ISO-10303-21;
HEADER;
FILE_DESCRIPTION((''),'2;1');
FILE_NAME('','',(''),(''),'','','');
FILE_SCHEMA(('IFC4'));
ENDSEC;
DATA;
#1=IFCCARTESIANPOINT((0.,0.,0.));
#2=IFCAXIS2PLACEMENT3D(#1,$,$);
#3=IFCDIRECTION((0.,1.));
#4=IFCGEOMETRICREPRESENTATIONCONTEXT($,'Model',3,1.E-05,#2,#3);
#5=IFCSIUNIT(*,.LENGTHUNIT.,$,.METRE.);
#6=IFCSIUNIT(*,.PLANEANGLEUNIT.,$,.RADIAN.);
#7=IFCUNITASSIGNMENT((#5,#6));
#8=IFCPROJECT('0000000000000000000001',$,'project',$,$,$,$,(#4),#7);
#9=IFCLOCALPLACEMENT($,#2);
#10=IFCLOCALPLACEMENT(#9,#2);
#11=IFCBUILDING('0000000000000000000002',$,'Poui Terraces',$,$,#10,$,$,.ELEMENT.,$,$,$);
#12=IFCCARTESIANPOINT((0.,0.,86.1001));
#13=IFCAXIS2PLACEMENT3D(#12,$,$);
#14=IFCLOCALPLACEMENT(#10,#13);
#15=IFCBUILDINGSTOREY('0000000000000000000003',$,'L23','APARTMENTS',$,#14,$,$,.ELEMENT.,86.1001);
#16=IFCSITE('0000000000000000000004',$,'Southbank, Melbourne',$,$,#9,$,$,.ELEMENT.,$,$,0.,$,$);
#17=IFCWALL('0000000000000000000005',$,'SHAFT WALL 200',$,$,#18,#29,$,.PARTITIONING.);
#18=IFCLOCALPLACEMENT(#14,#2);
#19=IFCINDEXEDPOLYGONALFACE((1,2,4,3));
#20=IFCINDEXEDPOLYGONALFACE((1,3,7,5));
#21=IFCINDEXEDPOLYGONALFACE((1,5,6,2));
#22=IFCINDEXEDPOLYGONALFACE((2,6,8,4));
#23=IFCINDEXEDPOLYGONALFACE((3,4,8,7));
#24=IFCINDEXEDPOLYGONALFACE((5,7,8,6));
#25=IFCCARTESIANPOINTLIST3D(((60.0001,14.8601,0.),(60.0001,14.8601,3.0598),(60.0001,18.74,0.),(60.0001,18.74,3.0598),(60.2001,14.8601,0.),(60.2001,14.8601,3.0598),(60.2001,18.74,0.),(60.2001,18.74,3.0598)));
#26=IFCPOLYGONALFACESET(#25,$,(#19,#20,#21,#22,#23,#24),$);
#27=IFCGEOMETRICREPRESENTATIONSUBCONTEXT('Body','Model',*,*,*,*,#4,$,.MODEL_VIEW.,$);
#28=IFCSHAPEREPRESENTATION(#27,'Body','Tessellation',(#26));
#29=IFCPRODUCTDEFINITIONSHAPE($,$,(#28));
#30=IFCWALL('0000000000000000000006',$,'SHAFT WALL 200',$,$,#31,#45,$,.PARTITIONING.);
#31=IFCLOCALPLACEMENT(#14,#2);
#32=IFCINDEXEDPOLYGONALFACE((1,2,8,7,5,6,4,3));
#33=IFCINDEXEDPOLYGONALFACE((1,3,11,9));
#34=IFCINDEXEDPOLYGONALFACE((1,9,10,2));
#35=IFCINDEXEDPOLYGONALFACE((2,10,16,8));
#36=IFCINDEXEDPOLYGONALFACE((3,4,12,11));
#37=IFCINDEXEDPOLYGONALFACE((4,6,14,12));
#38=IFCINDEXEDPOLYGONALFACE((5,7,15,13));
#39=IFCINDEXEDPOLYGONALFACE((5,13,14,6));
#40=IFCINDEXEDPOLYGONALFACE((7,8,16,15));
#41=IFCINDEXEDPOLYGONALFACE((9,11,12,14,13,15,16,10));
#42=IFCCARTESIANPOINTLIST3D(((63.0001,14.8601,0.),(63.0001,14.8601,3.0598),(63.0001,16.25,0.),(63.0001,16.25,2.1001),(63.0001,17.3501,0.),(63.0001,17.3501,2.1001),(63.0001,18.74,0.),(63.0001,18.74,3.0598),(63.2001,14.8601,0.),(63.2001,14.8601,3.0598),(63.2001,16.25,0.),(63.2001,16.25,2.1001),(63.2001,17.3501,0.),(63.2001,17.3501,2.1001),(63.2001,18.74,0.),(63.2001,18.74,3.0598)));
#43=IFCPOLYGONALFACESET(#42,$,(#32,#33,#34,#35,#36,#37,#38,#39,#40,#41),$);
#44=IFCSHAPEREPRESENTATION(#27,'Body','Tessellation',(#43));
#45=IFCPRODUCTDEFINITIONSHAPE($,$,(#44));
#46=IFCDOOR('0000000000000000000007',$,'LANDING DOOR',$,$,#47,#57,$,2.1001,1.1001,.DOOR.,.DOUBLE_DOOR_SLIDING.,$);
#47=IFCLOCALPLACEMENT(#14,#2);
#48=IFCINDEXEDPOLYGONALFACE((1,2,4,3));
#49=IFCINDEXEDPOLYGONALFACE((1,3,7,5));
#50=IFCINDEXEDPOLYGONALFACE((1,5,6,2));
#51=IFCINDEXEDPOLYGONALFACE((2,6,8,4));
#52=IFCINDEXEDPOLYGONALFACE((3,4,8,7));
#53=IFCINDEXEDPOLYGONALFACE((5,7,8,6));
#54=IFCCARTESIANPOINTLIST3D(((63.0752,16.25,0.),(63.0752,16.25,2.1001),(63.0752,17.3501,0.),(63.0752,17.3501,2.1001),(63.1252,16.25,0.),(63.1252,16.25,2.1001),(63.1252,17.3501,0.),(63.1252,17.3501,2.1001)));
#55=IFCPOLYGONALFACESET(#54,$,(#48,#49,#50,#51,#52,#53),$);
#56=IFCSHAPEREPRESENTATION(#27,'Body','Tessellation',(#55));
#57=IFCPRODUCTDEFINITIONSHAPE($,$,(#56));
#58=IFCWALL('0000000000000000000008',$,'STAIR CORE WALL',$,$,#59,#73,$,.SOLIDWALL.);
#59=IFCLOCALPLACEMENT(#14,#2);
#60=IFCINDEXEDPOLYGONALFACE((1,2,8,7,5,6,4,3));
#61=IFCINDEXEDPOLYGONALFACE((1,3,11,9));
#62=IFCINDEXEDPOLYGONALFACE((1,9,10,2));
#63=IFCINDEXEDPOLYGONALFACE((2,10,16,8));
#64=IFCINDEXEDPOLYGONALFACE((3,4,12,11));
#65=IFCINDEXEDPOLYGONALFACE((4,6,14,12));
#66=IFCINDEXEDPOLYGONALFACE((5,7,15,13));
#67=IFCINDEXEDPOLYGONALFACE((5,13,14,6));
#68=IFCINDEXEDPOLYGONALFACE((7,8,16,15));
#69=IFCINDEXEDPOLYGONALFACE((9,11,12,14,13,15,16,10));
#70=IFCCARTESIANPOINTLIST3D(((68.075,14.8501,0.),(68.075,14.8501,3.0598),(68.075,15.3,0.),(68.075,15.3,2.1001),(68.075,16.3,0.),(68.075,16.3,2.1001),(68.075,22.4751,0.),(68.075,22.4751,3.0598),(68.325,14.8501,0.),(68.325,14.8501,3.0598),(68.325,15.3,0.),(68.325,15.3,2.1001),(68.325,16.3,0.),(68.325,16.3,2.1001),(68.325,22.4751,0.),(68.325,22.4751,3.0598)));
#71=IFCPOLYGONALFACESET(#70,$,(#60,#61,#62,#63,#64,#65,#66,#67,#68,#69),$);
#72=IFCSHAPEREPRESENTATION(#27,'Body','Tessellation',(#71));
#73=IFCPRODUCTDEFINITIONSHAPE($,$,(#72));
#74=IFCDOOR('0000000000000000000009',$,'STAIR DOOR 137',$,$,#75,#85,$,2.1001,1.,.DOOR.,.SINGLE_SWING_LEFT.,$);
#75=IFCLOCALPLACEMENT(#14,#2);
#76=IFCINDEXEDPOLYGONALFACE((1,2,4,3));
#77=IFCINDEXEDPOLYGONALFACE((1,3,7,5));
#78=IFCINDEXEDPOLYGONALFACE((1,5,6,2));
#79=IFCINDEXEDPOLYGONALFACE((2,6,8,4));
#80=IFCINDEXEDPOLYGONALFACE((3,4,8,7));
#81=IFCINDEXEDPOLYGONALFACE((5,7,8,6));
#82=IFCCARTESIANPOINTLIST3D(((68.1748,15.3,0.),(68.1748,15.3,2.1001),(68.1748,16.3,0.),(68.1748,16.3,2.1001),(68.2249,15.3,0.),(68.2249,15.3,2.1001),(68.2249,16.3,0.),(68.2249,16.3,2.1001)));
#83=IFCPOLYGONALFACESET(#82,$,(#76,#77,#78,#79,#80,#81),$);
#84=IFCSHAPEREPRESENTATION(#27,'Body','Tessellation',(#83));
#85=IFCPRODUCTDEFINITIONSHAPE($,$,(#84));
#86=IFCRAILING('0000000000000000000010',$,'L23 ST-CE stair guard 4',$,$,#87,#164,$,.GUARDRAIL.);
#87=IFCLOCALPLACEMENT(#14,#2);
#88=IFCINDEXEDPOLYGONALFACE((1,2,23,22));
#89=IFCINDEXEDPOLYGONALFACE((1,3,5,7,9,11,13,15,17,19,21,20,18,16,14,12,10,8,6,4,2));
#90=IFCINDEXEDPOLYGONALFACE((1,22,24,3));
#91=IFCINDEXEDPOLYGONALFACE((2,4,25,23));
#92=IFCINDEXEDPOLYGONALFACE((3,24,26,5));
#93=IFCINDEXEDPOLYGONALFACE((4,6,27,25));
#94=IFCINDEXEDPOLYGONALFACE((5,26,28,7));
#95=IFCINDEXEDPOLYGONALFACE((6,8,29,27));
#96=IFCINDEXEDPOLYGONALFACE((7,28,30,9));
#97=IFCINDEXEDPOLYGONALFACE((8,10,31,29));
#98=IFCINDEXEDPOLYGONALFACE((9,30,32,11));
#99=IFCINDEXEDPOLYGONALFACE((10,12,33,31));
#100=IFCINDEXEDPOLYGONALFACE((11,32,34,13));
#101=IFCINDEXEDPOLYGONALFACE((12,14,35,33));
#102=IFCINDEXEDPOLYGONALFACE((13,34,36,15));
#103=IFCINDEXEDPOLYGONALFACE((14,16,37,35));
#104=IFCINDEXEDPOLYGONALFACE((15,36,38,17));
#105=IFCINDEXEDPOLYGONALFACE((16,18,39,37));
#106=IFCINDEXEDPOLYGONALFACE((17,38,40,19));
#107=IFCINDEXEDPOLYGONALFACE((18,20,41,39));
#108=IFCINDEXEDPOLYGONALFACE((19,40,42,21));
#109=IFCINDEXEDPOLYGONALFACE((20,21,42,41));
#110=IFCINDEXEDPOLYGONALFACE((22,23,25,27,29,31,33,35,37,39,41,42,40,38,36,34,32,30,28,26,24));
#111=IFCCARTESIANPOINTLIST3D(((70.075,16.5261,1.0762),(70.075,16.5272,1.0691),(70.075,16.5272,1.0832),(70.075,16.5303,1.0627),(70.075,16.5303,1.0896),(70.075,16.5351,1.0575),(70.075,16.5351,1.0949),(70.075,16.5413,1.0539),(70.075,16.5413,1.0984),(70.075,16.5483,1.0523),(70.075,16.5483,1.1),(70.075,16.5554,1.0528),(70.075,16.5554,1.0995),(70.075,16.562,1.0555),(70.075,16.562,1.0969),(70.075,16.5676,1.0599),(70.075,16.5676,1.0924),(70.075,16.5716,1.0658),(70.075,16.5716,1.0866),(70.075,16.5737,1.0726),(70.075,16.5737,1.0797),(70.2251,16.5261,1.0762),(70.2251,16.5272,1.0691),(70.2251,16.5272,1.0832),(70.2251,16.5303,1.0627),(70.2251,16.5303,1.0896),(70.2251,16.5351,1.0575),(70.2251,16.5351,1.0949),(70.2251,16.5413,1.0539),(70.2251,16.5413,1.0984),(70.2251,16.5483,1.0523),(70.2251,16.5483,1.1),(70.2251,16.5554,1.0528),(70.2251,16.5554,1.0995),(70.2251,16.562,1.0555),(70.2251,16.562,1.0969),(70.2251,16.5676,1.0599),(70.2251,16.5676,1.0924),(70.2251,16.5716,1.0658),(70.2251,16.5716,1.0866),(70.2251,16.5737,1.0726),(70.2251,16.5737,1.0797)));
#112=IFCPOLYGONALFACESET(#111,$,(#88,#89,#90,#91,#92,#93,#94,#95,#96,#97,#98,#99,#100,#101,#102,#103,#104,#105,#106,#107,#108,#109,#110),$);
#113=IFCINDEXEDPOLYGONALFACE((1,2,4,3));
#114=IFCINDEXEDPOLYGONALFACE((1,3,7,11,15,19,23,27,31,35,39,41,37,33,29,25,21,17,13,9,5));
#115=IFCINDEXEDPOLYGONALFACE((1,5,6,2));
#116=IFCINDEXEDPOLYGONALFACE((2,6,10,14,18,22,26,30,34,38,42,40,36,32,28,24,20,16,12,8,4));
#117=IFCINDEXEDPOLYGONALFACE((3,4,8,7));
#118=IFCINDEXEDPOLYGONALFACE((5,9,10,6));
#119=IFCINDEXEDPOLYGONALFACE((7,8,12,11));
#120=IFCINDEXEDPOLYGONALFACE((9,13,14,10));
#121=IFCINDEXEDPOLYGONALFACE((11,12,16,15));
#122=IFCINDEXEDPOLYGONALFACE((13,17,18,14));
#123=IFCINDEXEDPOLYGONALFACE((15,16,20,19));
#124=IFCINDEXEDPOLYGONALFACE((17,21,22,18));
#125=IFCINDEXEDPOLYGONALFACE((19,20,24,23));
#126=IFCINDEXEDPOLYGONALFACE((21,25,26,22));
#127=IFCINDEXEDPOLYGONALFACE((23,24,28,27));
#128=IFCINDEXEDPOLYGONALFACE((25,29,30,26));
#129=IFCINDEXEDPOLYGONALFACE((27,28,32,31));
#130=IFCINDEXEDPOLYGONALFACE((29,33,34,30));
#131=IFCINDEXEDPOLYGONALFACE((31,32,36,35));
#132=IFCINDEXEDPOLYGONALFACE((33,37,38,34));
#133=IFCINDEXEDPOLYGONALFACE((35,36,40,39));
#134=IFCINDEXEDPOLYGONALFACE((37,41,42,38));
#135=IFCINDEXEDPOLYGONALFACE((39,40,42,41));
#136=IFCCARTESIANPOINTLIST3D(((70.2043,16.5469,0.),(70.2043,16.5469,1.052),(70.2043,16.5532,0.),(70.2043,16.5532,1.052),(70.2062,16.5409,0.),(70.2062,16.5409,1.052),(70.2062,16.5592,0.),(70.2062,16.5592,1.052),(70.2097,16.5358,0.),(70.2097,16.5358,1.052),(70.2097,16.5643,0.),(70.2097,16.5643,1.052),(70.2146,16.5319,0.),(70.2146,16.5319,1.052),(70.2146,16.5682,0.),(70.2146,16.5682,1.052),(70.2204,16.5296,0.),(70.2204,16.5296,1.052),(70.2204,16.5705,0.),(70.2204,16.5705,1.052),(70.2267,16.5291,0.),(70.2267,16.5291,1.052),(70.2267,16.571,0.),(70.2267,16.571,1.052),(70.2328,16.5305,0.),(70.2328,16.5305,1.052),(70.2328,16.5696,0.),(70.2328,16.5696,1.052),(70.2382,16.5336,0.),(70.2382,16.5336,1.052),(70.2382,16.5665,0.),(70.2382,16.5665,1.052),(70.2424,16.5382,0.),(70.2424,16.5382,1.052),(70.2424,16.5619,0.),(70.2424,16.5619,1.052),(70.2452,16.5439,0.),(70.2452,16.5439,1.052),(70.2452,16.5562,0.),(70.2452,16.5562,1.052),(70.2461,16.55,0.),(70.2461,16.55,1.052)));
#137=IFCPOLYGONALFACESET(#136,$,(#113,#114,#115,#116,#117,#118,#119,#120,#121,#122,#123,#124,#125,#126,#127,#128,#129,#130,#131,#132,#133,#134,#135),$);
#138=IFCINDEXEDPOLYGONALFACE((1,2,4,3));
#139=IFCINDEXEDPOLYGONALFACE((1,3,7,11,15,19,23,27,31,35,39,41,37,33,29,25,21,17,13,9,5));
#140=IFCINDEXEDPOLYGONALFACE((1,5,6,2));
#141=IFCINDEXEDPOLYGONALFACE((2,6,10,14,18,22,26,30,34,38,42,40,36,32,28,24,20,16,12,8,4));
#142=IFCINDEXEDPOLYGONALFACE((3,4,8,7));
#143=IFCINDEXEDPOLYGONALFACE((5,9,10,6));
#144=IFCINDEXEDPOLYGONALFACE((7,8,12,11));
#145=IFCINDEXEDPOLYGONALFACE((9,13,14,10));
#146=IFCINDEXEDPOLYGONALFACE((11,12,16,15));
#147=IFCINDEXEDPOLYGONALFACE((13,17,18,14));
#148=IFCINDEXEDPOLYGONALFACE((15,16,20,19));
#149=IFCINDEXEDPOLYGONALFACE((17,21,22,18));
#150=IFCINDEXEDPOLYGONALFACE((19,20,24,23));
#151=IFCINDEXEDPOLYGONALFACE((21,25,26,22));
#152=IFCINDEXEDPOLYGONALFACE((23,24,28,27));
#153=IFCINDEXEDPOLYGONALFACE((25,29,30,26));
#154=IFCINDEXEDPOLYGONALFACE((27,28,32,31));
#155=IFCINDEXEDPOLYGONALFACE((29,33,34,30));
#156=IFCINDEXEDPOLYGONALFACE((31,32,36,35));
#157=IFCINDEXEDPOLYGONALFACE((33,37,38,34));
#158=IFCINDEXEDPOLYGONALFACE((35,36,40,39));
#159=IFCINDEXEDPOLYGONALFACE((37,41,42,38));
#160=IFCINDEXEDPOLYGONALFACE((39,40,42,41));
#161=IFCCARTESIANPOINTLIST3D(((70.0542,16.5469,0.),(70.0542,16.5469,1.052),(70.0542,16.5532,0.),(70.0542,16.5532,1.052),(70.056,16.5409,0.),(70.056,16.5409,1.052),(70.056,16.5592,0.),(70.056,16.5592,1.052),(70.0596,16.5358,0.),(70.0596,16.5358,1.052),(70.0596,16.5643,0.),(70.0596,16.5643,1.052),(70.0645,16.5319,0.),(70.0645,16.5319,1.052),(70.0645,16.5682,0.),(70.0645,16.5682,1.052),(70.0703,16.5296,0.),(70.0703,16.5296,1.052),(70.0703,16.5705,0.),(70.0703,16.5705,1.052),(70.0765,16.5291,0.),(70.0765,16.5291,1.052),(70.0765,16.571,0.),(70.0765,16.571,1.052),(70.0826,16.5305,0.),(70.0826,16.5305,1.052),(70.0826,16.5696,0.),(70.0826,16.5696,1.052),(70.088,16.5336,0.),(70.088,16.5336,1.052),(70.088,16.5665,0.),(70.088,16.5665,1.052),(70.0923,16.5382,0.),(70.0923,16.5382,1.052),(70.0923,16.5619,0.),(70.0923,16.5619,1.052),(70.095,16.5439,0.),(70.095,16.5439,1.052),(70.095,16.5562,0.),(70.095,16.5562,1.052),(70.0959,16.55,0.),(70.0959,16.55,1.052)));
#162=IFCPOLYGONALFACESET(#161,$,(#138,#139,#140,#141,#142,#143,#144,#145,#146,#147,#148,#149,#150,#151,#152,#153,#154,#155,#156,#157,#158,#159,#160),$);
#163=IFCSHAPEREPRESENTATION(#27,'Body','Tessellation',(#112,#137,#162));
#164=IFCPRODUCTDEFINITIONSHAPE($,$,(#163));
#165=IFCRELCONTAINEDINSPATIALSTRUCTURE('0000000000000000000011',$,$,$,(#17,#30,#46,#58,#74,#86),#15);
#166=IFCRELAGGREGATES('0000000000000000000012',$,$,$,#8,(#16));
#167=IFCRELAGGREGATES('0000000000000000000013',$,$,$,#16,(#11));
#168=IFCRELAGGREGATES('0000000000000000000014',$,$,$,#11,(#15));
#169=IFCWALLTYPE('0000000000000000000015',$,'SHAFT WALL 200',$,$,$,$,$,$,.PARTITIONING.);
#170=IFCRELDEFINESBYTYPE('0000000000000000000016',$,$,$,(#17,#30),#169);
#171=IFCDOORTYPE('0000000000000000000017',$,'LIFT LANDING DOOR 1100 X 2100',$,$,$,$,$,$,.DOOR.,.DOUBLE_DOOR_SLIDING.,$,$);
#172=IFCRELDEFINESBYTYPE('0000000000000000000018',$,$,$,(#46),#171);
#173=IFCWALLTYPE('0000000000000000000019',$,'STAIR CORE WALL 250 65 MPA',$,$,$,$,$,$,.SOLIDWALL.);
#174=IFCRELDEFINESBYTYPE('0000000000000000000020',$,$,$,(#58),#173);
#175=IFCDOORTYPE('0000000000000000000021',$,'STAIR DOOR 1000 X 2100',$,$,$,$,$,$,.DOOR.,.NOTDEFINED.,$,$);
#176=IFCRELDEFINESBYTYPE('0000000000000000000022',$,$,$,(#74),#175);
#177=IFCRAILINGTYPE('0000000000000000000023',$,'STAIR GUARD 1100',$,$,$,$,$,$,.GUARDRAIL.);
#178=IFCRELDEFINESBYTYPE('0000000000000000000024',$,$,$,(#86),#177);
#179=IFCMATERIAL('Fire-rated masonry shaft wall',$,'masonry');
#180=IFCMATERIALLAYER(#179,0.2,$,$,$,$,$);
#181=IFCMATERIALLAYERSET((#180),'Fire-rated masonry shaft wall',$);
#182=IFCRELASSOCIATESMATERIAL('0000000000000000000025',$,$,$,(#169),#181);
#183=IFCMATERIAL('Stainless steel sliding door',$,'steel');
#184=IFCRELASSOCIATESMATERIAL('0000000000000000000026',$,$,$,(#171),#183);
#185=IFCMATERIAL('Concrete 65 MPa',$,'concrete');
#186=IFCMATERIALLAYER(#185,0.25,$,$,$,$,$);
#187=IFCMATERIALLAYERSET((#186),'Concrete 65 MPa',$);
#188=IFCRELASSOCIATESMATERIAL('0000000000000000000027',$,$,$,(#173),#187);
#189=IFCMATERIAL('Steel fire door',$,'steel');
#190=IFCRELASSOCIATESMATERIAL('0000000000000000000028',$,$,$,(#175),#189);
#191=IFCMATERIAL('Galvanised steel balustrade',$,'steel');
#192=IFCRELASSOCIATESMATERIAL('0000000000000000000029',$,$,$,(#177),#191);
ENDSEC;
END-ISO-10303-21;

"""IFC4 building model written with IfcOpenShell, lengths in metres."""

from ifc_helpers import new_model, si_unit, direction, frame, frame_2d, origin, origin_2d, place, context, subcontext, project, spatial, rectangle, circle, extrude, material, layer, layer_set, type_object, element, fill, save


model = new_model("IFC4")

# Units and contexts
model_context = context("Model", 3, precision=1e-05, world=origin(), true_north=direction((0.0, 1.0)))
body_context = subcontext(model_context, "Body", "Model", "MODEL_VIEW")
ifc_project = project(units=[si_unit("LENGTHUNIT", "METRE"), si_unit("PLANEANGLEUNIT", "RADIAN")], contexts=[model_context])

# Site, building, storey
site_placement = place(None, origin())
site = spatial("IfcSite", under=ifc_project, at=site_placement, Name="Southbank, Melbourne", CompositionType="ELEMENT", RefElevation=0.0)
building_placement = place(site_placement, origin())
building = spatial("IfcBuilding", under=site, at=building_placement, Name="Poui Terraces", CompositionType="ELEMENT")
storey_placement = place(building_placement, frame((0.0, 0.0, 86.1001)))
storey = spatial("IfcBuildingStorey", under=building, at=storey_placement, Name="L23", Description="APARTMENTS", CompositionType="ELEMENT", Elevation=86.1001)

# Shared definitions
ifc_material_1 = material(Name="Concrete 65 MPa", Category="concrete")

# Shared definitions
ifc_material_2 = material(Name="Steel fire door", Category="steel")

# Wall
ifc_material_3 = material(Name="Fire-rated masonry shaft wall", Category="masonry")
ifc_layer_1 = layer(ifc_material_3, 0.2)
ifc_layer_set_1 = layer_set([ifc_layer_1], Name="Fire-rated masonry shaft wall")
wall_type_1 = type_object("IfcWallType", Name="SHAFT WALL 200", PredefinedType="PARTITIONING", material=ifc_layer_set_1)
wall_1_placement = place(storey_placement, frame((60.1001, 14.8601, 0.0), z_axis=(0.0, 0.0, 1.0), x_axis=(0.0, 1.0, 0.0)))
element("IfcWall", 1, at=wall_1_placement, inside=storey, type_object=wall_type_1, Name="SHAFT WALL 200", PredefinedType="PARTITIONING", context=body_context, shape_type="SweptSolid", body=[
    extrude(rectangle(XDim=3.8799, YDim=0.2, at=frame_2d((1.9399, 0.0))), origin(), (0.0, 0.0, 1.0), 3.0598),
])

# Walls, openings, doors
wall_2_placement = place(storey_placement, frame((63.1001, 14.8601, 0.0), z_axis=(0.0, 0.0, 1.0), x_axis=(0.0, 1.0, 0.0)))
wall_2 = element("IfcWall", 2, at=wall_2_placement, inside=storey, type_object=wall_type_1, Name="SHAFT WALL 200", PredefinedType="PARTITIONING", context=body_context, shape_type="SweptSolid", body=[
    extrude(rectangle(XDim=3.8799, YDim=0.2, at=frame_2d((1.9399, 0.0))), origin(), (0.0, 0.0, 1.0), 3.0598),
])
opening_1_placement = place(wall_2_placement, frame((1.3899, 0.0, 0.0)))
opening_1 = element("IfcOpeningElement", 3, at=opening_1_placement, cuts=wall_2, PredefinedType="OPENING", context=body_context, shape_type="SweptSolid", body=[
    extrude(rectangle(XDim=1.1001, YDim=2.1001, at=frame_2d((0.55, 1.05))), frame((0.0, 0.1099, 0.0), z_axis=(0.0, -1.0, 0.0), x_axis=(1.0, 0.0, 0.0)), (0.0, 0.0, 1.0), 0.22),
])
ifc_material_4 = material(Name="Stainless steel sliding door", Category="steel")
door_type_1 = type_object("IfcDoorType", Name="LIFT LANDING DOOR 1100 X 2100", OperationType="DOUBLE_DOOR_SLIDING", PredefinedType="DOOR", material=ifc_material_4)
door_1_placement = place(opening_1_placement, origin())
door_1 = element("IfcDoor", 4, at=door_1_placement, inside=storey, type_object=door_type_1, Name="LANDING DOOR", OperationType="DOUBLE_DOOR_SLIDING", OverallHeight=2.1001, OverallWidth=1.1001, PredefinedType="DOOR", context=body_context, shape_type="SweptSolid", body=[
    extrude(rectangle(XDim=1.1001, YDim=2.1001, at=frame_2d((0.55, 1.05))), frame((0.0, 0.0249, 0.0), z_axis=(0.0, -1.0, 0.0), x_axis=(1.0, 0.0, 0.0)), (0.0, 0.0, 1.0), 0.05),
])
fill(opening_1, door_1)
ifc_layer_2 = layer(ifc_material_1, 0.25)
ifc_layer_set_2 = layer_set([ifc_layer_2], Name="Concrete 65 MPa")
wall_type_2 = type_object("IfcWallType", Name="STAIR CORE WALL 250 65 MPA", PredefinedType="SOLIDWALL", material=ifc_layer_set_2)
wall_3_placement = place(storey_placement, frame((68.2, 14.8501, 0.0), z_axis=(0.0, 0.0, 1.0), x_axis=(0.0, 1.0, 0.0)))
wall_3 = element("IfcWall", 5, at=wall_3_placement, inside=storey, type_object=wall_type_2, Name="STAIR CORE WALL", PredefinedType="SOLIDWALL", context=body_context, shape_type="SweptSolid", body=[
    extrude(rectangle(XDim=7.625, YDim=0.25, at=frame_2d((3.8125, 0.0))), origin(), (0.0, 0.0, 1.0), 3.0598),
])
opening_2_placement = place(wall_3_placement, frame((0.45, 0.0, 0.0)))
opening_2 = element("IfcOpeningElement", 6, at=opening_2_placement, cuts=wall_3, PredefinedType="OPENING", context=body_context, shape_type="SweptSolid", body=[
    extrude(rectangle(XDim=1.0, YDim=2.1001, at=frame_2d((0.5, 1.05))), frame((0.0, 0.135, 0.0), z_axis=(0.0, -1.0, 0.0), x_axis=(1.0, 0.0, 0.0)), (0.0, 0.0, 1.0), 0.27),
])
door_type_2 = type_object("IfcDoorType", Name="STAIR DOOR 1000 X 2100", OperationType="NOTDEFINED", PredefinedType="DOOR", material=ifc_material_2)
door_2_placement = place(opening_2_placement, frame((1.0, 0.0, 0.0), z_axis=(0.0, 0.0, 1.0), x_axis=(-1.0, 0.0, 0.0)))
door_2 = element("IfcDoor", 7, at=door_2_placement, inside=storey, type_object=door_type_2, Name="STAIR DOOR 137", OperationType="SINGLE_SWING_LEFT", OverallHeight=2.1001, OverallWidth=1.0, PredefinedType="DOOR", context=body_context, shape_type="SweptSolid", body=[
    extrude(rectangle(XDim=1.0, YDim=2.1001, at=frame_2d((0.5, 1.05))), frame((0.0, 0.0249, 0.0), z_axis=(0.0, -1.0, 0.0), x_axis=(1.0, 0.0, 0.0)), (0.0, 0.0, 1.0), 0.05),
])
fill(opening_2, door_2)

# Railing
ifc_material_5 = material(Name="Galvanised steel balustrade", Category="steel")
railing_type = type_object("IfcRailingType", Name="STAIR GUARD 1100", PredefinedType="GUARDRAIL", material=ifc_material_5)
railing_placement = place(storey_placement, frame((70.2251, 16.55, 0.0)))
element("IfcRailing", 8, at=railing_placement, inside=storey, type_object=railing_type, Name="L23 ST-CE stair guard 4", PredefinedType="GUARDRAIL", context=body_context, shape_type="SweptSolid", body=[
    extrude(circle(Radius=0.0239, at=origin_2d()), frame((0.0, 0.0, 1.0762), z_axis=(-1.0, 0.0, 0.0), x_axis=(0.0, -1.0, 0.0)), (0.0, 0.0, 1.0), 0.1501),
    extrude(circle(Radius=0.021, at=origin_2d()), origin(), (0.0, 0.0, 1.0), 1.052),
    extrude(circle(Radius=0.021, at=origin_2d()), frame((-0.1501, 0.0, 0.0)), (0.0, 0.0, 1.0), 1.052),
])

save(model, "model.ifc")
